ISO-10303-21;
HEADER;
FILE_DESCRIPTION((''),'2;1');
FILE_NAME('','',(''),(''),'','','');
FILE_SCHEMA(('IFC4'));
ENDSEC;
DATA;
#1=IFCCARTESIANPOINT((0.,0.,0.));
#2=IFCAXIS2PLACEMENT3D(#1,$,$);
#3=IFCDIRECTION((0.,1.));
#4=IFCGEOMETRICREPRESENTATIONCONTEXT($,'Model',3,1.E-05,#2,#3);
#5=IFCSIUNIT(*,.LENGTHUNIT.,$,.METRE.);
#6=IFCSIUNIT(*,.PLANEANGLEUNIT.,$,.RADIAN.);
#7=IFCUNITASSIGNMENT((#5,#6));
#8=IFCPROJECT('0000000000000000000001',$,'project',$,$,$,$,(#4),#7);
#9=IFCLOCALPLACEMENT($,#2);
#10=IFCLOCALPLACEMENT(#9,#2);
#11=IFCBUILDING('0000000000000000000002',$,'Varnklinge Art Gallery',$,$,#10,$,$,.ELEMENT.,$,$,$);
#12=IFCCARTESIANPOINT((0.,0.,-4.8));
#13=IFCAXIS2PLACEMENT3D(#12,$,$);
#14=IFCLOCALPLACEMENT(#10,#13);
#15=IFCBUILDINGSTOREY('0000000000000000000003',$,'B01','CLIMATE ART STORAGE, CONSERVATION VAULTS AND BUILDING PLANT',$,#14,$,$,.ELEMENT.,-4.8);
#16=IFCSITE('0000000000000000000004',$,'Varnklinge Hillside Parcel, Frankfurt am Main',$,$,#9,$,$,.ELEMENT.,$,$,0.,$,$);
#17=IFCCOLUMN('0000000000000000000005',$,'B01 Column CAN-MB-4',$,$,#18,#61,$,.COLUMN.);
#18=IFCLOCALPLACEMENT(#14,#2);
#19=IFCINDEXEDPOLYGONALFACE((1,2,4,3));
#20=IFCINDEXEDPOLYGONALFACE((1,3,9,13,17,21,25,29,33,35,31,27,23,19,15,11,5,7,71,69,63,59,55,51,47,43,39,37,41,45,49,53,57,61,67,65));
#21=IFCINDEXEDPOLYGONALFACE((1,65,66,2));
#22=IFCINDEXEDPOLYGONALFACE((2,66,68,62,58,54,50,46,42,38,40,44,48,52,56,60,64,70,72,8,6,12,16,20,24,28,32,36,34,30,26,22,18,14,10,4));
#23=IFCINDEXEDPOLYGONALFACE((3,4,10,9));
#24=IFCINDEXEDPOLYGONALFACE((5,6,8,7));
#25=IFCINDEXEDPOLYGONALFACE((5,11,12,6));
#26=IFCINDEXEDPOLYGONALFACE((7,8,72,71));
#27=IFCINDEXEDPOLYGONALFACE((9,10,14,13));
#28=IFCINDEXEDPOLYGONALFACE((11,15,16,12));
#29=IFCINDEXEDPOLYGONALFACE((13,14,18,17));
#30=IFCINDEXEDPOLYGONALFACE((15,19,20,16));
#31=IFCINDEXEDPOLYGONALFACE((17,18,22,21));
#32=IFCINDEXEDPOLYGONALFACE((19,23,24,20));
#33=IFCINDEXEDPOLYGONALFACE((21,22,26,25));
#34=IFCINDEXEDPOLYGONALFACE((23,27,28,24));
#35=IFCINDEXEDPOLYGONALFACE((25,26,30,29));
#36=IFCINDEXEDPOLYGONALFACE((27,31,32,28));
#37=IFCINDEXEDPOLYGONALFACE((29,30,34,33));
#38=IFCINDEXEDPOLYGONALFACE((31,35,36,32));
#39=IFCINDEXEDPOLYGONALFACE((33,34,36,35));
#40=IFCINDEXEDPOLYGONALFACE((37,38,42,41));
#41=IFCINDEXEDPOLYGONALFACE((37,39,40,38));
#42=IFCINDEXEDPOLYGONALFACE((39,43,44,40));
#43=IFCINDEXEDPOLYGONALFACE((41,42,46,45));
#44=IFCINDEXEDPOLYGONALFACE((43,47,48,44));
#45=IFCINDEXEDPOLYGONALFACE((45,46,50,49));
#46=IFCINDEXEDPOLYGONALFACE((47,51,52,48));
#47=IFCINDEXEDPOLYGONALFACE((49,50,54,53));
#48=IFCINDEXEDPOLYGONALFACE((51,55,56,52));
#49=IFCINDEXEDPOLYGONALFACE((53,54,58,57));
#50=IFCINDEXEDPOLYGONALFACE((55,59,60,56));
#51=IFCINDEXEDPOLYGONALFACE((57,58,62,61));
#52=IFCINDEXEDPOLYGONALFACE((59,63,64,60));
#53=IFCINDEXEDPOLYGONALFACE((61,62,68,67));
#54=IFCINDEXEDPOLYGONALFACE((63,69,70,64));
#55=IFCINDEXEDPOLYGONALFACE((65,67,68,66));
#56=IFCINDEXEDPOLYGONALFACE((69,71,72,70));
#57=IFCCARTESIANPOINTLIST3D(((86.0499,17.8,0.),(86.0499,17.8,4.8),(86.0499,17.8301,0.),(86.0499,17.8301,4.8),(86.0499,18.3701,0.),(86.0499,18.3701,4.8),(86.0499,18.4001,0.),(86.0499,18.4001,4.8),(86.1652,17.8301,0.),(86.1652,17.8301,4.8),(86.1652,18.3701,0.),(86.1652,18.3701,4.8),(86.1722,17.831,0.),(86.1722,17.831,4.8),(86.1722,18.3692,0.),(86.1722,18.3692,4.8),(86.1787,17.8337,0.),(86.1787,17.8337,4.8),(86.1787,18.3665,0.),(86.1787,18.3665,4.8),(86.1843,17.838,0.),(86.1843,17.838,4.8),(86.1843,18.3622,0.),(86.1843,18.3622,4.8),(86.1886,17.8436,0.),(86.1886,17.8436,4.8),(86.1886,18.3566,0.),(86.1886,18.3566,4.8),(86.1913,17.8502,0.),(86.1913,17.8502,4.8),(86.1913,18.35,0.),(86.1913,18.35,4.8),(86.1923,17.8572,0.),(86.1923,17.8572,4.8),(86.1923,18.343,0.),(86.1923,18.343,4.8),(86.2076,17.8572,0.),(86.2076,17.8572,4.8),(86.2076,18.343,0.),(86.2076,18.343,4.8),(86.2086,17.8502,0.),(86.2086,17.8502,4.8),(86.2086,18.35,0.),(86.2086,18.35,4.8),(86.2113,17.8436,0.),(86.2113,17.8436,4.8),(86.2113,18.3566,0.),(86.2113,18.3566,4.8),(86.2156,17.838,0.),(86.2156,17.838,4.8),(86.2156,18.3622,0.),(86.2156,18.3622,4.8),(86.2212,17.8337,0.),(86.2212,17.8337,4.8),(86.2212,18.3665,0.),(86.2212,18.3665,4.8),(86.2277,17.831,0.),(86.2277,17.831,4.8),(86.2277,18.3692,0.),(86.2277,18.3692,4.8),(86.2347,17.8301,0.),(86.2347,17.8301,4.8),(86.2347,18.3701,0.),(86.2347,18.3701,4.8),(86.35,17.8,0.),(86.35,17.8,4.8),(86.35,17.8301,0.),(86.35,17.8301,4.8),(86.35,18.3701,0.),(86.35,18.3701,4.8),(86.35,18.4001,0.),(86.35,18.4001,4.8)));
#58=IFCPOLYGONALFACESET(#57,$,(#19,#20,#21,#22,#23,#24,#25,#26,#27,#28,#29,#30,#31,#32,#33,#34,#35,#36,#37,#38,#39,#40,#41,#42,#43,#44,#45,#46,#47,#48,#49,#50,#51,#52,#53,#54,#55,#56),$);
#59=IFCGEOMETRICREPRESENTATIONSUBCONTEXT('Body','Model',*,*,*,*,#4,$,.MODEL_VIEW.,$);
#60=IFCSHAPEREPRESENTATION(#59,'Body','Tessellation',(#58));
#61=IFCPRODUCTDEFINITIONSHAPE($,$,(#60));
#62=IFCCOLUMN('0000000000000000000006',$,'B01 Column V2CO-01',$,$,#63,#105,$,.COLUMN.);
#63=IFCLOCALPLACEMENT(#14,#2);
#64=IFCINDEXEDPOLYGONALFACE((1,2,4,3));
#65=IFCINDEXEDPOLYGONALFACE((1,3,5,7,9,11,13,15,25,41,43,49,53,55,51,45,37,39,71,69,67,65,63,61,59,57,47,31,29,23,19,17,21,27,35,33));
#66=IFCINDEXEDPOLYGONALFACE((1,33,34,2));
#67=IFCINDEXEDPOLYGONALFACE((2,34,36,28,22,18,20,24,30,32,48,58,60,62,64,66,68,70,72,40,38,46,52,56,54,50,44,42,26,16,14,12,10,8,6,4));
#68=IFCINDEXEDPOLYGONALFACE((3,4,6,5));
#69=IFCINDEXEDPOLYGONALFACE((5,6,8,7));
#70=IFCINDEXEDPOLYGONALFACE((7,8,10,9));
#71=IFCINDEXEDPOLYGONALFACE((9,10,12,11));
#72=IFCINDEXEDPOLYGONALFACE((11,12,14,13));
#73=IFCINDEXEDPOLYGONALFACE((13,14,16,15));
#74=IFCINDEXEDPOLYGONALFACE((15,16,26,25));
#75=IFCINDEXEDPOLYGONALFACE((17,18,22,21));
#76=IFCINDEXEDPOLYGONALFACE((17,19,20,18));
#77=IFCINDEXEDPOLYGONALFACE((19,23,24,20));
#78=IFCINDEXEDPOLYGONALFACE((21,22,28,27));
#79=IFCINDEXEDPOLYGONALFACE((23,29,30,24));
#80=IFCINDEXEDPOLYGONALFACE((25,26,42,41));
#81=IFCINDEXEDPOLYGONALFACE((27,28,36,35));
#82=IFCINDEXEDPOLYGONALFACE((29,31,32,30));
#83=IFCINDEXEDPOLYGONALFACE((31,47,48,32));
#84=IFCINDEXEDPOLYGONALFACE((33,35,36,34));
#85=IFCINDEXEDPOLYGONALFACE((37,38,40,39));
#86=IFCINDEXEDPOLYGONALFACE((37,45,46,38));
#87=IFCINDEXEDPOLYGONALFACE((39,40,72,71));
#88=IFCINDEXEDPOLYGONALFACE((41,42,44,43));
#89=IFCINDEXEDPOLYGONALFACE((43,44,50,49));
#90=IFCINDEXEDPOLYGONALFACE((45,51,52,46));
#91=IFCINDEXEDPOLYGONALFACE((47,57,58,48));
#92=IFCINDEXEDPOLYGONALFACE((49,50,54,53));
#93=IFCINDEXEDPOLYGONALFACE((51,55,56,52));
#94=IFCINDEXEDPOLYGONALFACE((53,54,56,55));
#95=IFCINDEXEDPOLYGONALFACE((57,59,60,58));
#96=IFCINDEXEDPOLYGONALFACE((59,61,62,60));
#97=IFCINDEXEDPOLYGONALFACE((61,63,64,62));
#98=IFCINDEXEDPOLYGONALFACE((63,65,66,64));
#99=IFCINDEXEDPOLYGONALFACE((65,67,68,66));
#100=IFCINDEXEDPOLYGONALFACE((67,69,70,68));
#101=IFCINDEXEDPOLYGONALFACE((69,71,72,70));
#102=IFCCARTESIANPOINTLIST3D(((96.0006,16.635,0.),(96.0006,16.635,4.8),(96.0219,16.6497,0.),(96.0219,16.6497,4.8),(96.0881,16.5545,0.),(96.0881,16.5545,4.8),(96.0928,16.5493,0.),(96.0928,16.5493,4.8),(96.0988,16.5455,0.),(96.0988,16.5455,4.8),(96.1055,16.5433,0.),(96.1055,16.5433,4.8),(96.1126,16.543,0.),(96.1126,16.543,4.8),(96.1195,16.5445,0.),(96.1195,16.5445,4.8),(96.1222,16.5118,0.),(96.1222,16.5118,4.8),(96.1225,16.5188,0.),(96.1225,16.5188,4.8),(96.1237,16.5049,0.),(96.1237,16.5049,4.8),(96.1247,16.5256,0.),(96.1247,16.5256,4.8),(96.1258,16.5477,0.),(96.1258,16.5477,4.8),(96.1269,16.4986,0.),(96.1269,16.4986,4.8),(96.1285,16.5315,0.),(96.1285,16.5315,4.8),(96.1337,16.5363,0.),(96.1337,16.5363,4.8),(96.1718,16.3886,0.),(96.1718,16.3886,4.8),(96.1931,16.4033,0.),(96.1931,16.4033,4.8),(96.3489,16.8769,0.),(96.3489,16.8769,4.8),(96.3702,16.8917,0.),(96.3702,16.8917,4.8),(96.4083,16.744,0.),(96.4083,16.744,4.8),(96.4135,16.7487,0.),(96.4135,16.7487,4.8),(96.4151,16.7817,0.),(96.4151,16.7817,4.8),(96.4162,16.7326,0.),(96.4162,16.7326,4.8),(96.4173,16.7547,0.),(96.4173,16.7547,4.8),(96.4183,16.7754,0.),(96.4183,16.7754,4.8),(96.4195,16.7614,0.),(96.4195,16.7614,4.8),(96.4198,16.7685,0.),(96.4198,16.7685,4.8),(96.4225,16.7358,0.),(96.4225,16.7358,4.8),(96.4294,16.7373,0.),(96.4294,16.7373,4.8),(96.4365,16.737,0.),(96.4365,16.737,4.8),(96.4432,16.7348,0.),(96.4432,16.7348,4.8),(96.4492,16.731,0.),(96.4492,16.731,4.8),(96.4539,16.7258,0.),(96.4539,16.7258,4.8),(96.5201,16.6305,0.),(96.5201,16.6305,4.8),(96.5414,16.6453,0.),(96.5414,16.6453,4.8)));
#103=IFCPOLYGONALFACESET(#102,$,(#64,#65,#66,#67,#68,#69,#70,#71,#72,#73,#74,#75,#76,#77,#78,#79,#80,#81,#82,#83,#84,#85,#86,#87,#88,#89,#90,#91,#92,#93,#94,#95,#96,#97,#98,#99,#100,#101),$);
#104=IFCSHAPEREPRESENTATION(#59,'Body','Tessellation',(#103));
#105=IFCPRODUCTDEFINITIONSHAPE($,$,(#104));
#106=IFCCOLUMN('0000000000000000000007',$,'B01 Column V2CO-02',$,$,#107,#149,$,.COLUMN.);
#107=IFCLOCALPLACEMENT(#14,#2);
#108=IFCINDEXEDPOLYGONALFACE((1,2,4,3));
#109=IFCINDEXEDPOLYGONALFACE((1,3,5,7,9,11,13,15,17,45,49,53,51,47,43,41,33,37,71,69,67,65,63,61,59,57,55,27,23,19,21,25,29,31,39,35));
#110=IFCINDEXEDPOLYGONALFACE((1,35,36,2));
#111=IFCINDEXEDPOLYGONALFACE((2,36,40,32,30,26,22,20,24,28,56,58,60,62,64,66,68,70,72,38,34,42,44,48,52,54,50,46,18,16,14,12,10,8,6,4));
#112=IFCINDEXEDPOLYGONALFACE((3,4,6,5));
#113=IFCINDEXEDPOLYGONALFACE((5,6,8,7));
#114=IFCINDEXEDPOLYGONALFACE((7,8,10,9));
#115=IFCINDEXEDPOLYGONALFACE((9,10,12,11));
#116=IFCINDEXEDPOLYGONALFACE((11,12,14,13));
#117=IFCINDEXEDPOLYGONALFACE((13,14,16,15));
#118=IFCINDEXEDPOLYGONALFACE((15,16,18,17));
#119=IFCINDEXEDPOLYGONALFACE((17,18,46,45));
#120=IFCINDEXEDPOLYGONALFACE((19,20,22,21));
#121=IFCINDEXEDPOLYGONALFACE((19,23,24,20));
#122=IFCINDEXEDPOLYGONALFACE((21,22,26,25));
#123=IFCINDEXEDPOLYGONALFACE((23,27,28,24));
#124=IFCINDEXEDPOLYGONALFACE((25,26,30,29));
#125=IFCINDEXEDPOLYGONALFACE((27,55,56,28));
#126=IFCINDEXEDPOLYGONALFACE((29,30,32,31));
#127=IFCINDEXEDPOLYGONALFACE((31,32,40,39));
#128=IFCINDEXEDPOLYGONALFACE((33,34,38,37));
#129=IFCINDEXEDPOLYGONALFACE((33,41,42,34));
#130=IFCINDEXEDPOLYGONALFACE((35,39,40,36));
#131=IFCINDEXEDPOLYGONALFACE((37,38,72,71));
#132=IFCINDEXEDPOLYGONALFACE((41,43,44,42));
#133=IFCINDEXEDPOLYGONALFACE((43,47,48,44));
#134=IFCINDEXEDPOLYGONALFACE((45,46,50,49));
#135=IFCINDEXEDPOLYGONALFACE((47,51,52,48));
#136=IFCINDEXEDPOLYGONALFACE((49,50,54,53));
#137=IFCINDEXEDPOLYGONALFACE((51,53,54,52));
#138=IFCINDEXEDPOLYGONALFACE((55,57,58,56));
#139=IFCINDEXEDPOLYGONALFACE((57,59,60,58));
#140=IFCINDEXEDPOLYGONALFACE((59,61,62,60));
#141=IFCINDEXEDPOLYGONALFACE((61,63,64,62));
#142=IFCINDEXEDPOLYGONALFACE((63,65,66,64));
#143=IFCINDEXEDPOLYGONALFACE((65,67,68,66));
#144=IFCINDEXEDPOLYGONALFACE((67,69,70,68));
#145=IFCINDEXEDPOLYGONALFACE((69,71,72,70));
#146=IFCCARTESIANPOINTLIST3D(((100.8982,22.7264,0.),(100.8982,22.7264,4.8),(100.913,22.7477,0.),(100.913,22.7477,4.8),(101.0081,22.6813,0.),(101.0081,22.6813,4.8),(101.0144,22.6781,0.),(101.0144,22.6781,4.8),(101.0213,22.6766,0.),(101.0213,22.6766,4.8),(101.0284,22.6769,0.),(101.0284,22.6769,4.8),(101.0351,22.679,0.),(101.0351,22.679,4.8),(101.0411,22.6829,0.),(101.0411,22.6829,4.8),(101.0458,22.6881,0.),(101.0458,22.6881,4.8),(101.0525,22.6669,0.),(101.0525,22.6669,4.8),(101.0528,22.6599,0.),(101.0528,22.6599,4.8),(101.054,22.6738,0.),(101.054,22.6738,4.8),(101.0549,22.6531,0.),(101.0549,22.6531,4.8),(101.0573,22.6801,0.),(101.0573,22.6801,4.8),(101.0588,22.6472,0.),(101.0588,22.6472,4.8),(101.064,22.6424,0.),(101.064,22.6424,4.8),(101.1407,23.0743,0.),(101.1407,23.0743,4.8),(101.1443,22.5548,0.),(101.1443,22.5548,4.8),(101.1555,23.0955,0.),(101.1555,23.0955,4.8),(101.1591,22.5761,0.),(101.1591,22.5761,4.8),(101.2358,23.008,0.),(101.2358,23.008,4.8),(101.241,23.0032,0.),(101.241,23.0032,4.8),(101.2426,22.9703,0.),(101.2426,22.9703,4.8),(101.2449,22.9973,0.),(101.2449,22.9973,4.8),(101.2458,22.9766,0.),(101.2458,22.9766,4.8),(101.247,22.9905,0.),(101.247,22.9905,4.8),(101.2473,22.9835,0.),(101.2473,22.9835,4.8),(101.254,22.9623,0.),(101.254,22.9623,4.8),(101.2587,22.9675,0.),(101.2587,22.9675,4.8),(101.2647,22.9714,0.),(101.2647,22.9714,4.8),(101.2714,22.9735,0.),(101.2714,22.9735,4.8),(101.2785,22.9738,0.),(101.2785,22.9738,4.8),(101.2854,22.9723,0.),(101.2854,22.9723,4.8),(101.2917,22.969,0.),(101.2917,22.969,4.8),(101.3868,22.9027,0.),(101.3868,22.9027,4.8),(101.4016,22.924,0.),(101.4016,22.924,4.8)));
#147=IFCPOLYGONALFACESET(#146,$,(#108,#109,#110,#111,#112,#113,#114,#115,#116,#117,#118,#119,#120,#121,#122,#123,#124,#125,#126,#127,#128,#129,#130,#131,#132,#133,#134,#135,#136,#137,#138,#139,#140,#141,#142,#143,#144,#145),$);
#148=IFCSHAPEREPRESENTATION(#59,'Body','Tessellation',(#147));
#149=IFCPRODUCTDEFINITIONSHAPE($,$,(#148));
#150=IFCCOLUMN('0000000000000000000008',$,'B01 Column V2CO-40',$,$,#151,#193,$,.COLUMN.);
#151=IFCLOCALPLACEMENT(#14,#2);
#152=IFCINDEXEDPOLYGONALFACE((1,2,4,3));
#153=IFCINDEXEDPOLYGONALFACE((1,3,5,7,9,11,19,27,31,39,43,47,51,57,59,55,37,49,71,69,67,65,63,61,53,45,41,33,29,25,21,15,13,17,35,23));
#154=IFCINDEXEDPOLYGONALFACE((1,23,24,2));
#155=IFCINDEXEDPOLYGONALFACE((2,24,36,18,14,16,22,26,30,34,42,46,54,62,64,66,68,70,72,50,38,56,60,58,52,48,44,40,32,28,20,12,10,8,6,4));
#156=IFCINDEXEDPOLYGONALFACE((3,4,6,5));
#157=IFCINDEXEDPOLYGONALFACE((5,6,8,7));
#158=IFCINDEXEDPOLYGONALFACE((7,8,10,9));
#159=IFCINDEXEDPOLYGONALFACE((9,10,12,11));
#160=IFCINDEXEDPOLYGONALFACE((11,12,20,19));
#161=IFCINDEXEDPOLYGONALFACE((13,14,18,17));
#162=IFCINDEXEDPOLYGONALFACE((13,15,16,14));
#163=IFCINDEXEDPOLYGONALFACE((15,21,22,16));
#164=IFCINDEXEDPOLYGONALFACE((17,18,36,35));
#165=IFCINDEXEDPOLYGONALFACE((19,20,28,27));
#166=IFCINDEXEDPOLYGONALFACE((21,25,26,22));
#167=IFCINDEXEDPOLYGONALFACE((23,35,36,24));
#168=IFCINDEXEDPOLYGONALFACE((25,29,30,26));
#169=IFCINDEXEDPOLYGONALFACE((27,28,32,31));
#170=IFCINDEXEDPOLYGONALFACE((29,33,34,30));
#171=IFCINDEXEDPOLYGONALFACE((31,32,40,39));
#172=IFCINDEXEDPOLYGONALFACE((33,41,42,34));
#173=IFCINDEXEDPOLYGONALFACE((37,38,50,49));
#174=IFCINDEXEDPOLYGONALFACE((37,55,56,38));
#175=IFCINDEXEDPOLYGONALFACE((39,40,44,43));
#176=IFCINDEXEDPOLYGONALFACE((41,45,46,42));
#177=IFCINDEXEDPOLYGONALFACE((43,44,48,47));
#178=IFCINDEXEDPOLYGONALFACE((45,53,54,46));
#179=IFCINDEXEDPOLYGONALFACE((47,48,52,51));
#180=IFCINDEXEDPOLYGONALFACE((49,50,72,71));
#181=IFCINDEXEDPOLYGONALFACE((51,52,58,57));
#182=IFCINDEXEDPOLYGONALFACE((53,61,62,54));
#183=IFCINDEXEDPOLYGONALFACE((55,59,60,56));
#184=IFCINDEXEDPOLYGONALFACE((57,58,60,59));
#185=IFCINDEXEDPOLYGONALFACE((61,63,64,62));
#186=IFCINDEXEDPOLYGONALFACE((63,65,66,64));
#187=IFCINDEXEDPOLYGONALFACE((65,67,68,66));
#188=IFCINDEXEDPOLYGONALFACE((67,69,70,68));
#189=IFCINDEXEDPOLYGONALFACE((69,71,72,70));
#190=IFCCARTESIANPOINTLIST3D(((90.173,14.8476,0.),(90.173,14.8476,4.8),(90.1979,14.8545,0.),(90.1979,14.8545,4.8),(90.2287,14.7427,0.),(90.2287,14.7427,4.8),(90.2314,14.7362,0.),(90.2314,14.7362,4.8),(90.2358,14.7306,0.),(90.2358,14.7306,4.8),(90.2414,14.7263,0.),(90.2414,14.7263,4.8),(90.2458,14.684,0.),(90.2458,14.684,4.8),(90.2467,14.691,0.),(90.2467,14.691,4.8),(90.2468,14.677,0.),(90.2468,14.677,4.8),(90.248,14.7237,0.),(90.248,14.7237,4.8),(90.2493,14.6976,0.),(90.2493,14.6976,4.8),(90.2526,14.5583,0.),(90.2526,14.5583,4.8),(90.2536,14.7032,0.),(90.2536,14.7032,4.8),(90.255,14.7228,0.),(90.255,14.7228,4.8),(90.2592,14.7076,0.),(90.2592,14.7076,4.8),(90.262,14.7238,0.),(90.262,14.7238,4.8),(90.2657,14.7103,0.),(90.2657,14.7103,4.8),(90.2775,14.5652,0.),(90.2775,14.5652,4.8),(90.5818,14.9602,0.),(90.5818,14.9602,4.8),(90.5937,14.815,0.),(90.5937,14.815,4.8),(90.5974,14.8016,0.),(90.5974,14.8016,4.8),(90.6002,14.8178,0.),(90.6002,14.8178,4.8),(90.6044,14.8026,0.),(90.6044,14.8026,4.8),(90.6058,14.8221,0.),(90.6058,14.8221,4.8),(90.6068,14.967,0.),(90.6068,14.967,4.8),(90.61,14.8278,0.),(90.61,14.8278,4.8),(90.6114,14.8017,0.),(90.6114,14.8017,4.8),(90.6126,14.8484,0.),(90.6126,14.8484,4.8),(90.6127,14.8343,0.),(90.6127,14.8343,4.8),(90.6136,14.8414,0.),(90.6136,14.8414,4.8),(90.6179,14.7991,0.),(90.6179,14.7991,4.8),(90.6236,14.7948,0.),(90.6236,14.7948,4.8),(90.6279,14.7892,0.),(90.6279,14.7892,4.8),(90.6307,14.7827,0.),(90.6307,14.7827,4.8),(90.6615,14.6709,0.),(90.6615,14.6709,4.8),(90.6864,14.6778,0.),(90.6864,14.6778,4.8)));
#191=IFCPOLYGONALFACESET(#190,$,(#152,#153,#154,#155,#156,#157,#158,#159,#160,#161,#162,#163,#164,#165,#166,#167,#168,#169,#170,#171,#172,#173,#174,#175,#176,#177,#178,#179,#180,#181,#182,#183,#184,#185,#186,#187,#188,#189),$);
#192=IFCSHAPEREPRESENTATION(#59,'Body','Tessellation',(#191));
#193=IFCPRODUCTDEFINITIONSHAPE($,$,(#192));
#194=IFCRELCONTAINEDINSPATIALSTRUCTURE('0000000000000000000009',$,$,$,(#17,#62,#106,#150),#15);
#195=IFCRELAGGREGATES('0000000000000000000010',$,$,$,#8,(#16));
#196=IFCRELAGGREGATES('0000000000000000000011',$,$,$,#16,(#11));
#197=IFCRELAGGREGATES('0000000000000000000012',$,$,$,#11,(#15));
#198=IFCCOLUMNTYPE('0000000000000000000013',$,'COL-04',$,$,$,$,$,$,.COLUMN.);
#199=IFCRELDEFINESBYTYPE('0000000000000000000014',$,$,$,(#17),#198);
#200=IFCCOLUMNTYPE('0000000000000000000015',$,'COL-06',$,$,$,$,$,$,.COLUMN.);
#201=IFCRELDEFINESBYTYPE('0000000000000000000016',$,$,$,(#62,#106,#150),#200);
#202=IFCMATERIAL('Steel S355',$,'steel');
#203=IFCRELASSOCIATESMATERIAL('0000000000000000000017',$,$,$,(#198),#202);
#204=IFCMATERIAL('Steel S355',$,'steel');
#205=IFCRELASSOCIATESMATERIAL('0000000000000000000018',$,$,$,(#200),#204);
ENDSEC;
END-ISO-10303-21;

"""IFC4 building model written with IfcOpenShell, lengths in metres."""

from ifc_helpers import new_model, si_unit, direction, frame, origin, origin_2d, place, context, subcontext, project, spatial, i_section, extrude, material, material_profile, profile_set, type_object, element, save


model = new_model("IFC4")

# Units and contexts
model_context = context("Model", 3, precision=1e-05, world=origin(), true_north=direction((0.0, 1.0)))
body_context = subcontext(model_context, "Body", "Model", "MODEL_VIEW")
ifc_project = project(units=[si_unit("LENGTHUNIT", "METRE"), si_unit("PLANEANGLEUNIT", "RADIAN")], contexts=[model_context])

# Site, building, storey
site_placement = place(None, origin())
site = spatial("IfcSite", under=ifc_project, at=site_placement, Name="Varnklinge Hillside Parcel, Frankfurt am Main", CompositionType="ELEMENT", RefElevation=0.0)
building_placement = place(site_placement, origin())
building = spatial("IfcBuilding", under=site, at=building_placement, Name="Varnklinge Art Gallery", CompositionType="ELEMENT")
storey_placement = place(building_placement, frame((0.0, 0.0, -4.8)))
storey = spatial("IfcBuildingStorey", under=building, at=storey_placement, Name="B01", Description="CLIMATE ART STORAGE, CONSERVATION VAULTS AND BUILDING PLANT", CompositionType="ELEMENT", Elevation=-4.8)

# Columns
ifc_material_1 = material(Name="Steel S355", Category="steel")
ifc_material_profile_1 = material_profile(ifc_material_1, i_section(OverallWidth=0.3, OverallDepth=0.6001, WebThickness=0.0154, FlangeThickness=0.03, FilletRadius=0.0271, at=origin_2d()), Name="HEB 600")
ifc_profile_set_1 = profile_set([ifc_material_profile_1], Name="Steel S355")
column_type_1 = type_object("IfcColumnType", Name="COL-04", PredefinedType="COLUMN", material=ifc_profile_set_1)
column_placement = place(storey_placement, frame((86.2, 18.1001, 0.0), z_axis=(0.0, 0.0, 1.0), x_axis=(1.0, 0.0, 0.0)))
element("IfcColumn", 1, at=column_placement, inside=storey, type_object=column_type_1, Name="B01 Column CAN-MB-4", PredefinedType="COLUMN", context=body_context, shape_type="SweptSolid", body=[
    extrude(i_section(OverallWidth=0.3, OverallDepth=0.6001, WebThickness=0.0154, FlangeThickness=0.03, FilletRadius=0.0271, at=origin_2d()), origin(), (0.0, 0.0, 1.0), 4.8),
])
ifc_material_2 = material(Name="Steel S355", Category="steel")
ifc_material_profile_2 = material_profile(ifc_material_2, i_section(OverallWidth=0.3, OverallDepth=0.45, WebThickness=0.0139, FlangeThickness=0.0259, FilletRadius=0.0271, at=origin_2d()), Name="HEB 450")
ifc_profile_set_2 = profile_set([ifc_material_profile_2], Name="Steel S355")
column_type_2 = type_object("IfcColumnType", Name="COL-06", PredefinedType="COLUMN", material=ifc_profile_set_2)
for number, where, z_axis, x_axis, name in (
    (2, (96.271, 16.6401, 0.0), (0.0, 0.0, 1.0), (-0.57057, 0.821249, 0.0), "B01 Column V2CO-01"),
    (3, (101.1499, 22.8252, 0.0), (0.0, 0.0, 1.0), (-0.820352, 0.57186, 0.0), "B01 Column V2CO-02"),
    (4, (90.4297, 14.7627, 0.0), (0.0, 0.0, 1.0), (-0.265388, 0.964142, 0.0), "B01 Column V2CO-40"),
):
    element("IfcColumn", number, at=place(storey_placement, frame(where, z_axis=z_axis, x_axis=x_axis)), inside=storey, type_object=column_type_2, Name=name, PredefinedType="COLUMN", context=body_context, shape_type="SweptSolid", body=[
        extrude(i_section(OverallWidth=0.3, OverallDepth=0.45, WebThickness=0.0139, FlangeThickness=0.0259, FilletRadius=0.0271, at=origin_2d()), origin(), (0.0, 0.0, 1.0), 4.8),
    ])

save(model, "model.ifc")
